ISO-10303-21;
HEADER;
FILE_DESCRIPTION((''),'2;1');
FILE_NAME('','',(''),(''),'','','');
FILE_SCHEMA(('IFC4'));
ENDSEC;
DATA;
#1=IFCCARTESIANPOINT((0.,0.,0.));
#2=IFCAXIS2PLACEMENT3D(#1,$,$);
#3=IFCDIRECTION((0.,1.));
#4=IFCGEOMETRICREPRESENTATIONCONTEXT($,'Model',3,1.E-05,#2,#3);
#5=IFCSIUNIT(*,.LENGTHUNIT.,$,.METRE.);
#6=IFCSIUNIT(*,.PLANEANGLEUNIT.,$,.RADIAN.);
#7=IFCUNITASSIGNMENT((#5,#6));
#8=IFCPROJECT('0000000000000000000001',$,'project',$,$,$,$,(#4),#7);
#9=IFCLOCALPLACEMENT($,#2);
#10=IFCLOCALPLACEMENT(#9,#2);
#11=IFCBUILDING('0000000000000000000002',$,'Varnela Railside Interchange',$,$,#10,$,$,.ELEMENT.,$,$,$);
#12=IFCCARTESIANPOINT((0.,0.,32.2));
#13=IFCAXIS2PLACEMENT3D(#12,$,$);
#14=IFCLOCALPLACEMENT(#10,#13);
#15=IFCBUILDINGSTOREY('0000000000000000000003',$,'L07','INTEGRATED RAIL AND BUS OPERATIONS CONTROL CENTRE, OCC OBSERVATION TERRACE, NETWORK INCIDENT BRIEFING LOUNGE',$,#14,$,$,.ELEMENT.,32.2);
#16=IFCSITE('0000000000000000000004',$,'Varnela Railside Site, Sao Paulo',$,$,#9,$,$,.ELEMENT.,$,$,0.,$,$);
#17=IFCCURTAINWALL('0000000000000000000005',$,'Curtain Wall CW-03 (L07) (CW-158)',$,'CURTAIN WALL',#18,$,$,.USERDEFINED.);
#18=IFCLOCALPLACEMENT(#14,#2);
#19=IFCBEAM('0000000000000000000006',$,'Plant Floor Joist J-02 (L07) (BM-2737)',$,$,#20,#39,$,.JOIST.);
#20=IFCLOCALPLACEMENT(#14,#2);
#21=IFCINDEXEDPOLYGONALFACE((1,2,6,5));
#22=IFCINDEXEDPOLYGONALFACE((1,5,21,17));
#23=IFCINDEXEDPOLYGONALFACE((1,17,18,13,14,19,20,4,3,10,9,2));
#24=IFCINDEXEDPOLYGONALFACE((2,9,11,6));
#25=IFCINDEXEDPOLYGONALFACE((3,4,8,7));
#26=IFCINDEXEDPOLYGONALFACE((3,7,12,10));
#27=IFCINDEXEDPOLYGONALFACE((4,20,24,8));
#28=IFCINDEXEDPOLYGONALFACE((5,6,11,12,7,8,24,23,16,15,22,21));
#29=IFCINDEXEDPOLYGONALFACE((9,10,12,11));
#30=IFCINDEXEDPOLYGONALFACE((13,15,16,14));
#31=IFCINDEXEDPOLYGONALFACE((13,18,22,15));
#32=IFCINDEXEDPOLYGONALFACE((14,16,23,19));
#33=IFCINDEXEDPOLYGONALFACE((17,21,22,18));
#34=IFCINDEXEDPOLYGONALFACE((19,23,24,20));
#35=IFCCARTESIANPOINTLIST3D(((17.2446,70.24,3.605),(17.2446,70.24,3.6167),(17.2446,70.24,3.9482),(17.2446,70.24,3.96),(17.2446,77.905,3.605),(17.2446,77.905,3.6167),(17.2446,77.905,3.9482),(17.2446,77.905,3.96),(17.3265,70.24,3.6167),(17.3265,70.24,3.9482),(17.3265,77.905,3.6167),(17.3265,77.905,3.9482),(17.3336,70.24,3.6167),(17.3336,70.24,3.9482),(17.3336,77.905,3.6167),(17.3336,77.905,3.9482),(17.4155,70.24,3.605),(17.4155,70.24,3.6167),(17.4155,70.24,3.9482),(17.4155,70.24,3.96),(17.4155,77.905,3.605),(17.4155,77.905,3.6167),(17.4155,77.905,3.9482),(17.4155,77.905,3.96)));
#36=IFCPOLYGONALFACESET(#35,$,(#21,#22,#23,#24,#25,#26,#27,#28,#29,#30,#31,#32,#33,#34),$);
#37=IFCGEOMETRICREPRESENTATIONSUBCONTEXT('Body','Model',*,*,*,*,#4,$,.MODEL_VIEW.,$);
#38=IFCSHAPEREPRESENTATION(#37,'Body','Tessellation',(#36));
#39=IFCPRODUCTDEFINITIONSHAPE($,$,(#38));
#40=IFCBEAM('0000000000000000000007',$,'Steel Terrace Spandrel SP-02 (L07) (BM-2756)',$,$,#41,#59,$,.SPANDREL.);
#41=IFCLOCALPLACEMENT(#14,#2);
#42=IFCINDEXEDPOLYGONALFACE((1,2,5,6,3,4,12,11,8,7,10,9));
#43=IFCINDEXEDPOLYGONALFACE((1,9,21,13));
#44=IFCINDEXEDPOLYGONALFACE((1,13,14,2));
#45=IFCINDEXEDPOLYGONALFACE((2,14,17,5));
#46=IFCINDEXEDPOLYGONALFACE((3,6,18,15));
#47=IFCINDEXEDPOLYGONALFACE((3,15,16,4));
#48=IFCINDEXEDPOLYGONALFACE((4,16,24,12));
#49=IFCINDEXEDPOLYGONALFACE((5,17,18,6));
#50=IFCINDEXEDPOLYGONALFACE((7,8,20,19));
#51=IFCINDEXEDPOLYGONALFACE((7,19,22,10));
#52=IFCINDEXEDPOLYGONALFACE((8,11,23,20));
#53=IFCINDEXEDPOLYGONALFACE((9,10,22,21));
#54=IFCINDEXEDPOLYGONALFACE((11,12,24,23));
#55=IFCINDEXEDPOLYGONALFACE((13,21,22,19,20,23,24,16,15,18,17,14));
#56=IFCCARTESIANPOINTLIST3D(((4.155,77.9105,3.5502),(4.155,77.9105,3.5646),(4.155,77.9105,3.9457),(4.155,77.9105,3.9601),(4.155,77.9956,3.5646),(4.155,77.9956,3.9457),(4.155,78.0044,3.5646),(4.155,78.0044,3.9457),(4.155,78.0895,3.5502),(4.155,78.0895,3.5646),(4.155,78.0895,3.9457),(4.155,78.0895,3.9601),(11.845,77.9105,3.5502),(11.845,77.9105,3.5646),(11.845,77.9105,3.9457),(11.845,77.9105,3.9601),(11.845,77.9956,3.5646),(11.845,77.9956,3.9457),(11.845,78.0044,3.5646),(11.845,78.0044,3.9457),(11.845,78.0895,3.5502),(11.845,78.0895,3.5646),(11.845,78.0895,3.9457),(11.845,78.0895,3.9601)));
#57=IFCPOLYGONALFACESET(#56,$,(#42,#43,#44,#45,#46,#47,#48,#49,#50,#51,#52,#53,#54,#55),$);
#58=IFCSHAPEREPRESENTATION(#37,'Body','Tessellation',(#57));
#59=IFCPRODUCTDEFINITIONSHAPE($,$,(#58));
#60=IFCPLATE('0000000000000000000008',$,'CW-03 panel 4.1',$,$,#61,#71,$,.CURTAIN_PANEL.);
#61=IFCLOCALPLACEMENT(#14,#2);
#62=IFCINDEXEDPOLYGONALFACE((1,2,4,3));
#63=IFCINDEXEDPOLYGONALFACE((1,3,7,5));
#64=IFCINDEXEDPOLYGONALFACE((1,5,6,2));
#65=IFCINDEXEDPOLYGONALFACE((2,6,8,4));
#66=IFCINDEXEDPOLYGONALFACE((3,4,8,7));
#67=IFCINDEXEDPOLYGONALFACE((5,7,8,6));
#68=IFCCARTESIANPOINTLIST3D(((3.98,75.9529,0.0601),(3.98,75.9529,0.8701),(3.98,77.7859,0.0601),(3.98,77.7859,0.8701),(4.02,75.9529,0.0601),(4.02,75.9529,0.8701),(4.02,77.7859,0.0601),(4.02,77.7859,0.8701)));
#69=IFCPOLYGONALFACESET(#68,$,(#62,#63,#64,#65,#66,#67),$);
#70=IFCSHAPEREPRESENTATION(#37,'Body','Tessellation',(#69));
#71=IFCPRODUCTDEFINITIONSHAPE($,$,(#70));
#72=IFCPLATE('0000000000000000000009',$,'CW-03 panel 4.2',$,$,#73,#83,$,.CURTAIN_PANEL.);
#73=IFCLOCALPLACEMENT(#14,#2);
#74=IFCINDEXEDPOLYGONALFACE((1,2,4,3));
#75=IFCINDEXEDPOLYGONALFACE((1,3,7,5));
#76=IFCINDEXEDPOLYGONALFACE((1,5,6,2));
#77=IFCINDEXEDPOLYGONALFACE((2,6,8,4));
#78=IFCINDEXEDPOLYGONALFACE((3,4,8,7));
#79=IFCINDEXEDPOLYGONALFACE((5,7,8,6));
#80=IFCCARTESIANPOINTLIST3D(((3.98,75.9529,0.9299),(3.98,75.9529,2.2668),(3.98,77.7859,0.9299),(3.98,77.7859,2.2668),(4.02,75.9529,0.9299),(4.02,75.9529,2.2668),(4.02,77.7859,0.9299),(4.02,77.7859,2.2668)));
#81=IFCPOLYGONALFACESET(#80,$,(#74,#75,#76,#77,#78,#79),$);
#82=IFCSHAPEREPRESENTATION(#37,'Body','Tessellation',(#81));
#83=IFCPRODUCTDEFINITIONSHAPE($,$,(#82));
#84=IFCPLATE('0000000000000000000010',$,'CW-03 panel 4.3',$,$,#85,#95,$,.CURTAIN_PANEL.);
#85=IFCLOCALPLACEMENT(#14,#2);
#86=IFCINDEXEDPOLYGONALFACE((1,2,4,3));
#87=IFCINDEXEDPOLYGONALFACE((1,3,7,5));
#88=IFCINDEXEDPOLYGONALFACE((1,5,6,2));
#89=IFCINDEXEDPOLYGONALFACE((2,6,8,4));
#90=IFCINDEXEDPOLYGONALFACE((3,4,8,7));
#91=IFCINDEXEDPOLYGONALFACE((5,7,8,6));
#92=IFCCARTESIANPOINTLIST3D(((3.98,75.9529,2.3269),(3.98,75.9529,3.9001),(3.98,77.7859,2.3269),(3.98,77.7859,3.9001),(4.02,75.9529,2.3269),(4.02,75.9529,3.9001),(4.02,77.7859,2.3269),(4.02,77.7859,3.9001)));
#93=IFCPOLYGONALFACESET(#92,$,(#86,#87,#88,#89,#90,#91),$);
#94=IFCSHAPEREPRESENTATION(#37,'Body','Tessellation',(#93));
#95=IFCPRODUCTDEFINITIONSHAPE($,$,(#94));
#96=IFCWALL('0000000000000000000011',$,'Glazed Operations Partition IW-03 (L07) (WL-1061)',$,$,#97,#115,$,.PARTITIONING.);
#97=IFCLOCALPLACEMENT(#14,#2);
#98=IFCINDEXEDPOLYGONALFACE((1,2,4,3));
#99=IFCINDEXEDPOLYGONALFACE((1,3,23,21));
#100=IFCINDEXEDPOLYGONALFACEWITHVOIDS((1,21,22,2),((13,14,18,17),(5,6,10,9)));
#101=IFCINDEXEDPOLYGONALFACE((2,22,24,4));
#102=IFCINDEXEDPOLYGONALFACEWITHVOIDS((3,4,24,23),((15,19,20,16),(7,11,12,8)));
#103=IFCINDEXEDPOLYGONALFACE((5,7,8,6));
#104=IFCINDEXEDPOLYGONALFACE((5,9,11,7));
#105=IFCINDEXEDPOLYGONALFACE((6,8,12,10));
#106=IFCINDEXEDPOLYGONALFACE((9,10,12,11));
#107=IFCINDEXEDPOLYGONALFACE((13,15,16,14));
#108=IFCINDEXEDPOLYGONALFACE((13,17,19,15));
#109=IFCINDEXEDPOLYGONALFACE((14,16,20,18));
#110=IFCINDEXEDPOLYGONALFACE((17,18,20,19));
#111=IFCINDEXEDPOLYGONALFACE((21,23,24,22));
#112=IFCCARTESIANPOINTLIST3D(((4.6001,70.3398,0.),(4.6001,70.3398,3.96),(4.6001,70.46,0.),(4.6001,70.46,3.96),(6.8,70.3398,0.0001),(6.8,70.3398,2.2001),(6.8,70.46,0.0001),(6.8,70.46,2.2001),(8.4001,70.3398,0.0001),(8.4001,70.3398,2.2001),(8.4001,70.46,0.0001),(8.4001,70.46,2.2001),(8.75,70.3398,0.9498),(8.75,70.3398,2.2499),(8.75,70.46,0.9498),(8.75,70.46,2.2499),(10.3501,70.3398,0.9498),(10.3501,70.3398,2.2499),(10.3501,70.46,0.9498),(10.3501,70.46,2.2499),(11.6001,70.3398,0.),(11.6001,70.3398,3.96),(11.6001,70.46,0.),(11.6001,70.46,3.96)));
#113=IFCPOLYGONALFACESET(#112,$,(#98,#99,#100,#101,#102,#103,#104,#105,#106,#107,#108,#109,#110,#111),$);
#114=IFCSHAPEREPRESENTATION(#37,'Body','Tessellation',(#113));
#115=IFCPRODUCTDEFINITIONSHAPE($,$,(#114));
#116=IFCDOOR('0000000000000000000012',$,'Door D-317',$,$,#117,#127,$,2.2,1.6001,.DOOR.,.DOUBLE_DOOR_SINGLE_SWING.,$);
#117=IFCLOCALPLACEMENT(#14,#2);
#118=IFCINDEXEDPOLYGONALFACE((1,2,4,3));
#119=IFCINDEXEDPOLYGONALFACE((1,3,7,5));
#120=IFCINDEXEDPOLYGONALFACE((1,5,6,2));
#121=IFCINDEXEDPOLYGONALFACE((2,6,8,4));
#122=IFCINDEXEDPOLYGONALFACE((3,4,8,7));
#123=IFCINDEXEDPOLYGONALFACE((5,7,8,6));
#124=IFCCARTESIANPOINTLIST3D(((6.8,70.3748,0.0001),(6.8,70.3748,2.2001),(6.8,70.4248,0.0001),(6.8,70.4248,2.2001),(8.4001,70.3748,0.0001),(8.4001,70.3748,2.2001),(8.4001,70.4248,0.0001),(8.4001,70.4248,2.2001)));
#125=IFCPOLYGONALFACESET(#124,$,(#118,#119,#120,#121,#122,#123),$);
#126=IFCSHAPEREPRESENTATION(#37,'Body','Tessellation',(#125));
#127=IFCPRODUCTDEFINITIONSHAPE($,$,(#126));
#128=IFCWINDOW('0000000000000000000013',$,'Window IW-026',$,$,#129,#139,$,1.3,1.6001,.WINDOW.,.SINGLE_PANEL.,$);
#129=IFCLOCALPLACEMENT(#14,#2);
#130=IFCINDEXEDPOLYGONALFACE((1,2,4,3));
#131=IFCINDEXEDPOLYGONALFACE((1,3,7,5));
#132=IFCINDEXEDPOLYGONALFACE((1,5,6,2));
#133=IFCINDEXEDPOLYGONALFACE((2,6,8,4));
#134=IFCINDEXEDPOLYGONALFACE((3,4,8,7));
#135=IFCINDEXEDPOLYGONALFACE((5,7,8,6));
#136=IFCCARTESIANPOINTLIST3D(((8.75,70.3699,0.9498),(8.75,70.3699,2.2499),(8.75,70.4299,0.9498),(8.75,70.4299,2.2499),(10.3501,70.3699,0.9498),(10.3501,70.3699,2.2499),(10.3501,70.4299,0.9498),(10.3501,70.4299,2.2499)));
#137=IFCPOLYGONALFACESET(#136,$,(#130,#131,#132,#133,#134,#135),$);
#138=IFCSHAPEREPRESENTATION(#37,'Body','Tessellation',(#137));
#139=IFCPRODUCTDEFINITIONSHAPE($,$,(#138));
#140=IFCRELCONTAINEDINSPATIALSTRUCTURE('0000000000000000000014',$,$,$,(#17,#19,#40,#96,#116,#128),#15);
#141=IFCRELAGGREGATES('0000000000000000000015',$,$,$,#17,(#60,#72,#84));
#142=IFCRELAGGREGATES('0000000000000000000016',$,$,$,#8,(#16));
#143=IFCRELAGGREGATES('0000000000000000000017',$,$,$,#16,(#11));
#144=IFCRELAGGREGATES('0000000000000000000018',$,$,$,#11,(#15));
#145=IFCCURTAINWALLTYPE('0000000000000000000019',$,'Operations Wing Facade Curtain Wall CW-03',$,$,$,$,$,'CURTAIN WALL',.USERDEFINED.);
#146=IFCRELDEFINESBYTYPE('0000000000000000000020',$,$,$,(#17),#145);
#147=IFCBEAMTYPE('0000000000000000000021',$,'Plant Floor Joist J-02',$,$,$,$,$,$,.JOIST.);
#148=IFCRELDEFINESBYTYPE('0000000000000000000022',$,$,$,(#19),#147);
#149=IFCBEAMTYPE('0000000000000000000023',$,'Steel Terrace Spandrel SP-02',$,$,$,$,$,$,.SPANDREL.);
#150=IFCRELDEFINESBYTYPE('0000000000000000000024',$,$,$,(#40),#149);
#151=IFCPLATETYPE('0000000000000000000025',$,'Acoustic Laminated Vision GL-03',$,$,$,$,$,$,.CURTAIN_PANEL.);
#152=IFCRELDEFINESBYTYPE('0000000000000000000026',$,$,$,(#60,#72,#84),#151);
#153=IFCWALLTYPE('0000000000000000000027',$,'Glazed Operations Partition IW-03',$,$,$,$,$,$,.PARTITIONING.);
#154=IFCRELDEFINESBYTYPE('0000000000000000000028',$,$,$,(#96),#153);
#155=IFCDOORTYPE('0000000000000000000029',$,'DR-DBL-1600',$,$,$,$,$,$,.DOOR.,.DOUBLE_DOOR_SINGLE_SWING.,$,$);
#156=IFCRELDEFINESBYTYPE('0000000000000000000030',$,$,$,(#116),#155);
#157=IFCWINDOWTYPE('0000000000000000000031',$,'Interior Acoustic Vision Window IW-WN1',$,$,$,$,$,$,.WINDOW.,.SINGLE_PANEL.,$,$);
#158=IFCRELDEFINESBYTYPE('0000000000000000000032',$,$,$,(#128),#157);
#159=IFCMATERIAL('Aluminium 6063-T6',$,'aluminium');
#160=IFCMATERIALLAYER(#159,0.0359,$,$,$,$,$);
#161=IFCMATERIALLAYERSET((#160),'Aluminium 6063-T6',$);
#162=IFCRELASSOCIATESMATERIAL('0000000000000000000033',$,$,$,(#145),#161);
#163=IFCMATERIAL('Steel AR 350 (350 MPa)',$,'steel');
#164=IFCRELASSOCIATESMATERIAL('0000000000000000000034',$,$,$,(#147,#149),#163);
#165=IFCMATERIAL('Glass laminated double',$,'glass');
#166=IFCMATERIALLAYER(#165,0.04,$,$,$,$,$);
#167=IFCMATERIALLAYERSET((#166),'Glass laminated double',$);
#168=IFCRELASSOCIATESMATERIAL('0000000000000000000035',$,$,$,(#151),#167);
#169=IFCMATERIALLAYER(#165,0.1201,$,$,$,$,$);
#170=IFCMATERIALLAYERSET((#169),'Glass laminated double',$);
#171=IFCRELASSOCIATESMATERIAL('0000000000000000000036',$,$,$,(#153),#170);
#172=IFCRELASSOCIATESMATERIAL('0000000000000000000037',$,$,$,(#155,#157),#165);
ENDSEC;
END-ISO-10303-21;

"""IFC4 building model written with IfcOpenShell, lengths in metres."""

from ifc_helpers import new_model, si_unit, direction, frame, frame_2d, origin, origin_2d, place, context, subcontext, project, spatial, rectangle, i_section, extrude, material, layer, layer_set, material_profile, profile_set, type_object, element, fill, aggregate, save


model = new_model("IFC4")

# Units and contexts
model_context = context("Model", 3, precision=1e-05, world=origin(), true_north=direction((0.0, 1.0)))
body_context = subcontext(model_context, "Body", "Model", "MODEL_VIEW")
ifc_project = project(units=[si_unit("LENGTHUNIT", "METRE"), si_unit("PLANEANGLEUNIT", "RADIAN")], contexts=[model_context])

# Site, building, storey
site_placement = place(None, origin())
site = spatial("IfcSite", under=ifc_project, at=site_placement, Name="Varnela Railside Site, Sao Paulo", CompositionType="ELEMENT", RefElevation=0.0)
building_placement = place(site_placement, origin())
building = spatial("IfcBuilding", under=site, at=building_placement, Name="Varnela Railside Interchange", CompositionType="ELEMENT")
storey_placement = place(building_placement, frame((0.0, 0.0, 32.2)))
storey = spatial("IfcBuildingStorey", under=building, at=storey_placement, Name="L07", Description="INTEGRATED RAIL AND BUS OPERATIONS CONTROL CENTRE, OCC OBSERVATION TERRACE, NETWORK INCIDENT BRIEFING LOUNGE", CompositionType="ELEMENT", Elevation=32.2)

# Shared definitions
ifc_material_1 = material(Name="Steel AR 350 (350 MPa)", Category="steel")

# Curtain wall
ifc_material_2 = material(Name="Aluminium 6063-T6", Category="aluminium")
ifc_layer_1 = layer(ifc_material_2, 0.0359)
ifc_layer_set_1 = layer_set([ifc_layer_1], Name="Aluminium 6063-T6")
curtain_wall_type = type_object("IfcCurtainWallType", Name="Operations Wing Facade Curtain Wall CW-03", ElementType="CURTAIN WALL", PredefinedType="USERDEFINED", material=ifc_layer_set_1)
curtain_wall_placement = place(storey_placement, origin())
curtain_wall = element("IfcCurtainWall", 1, at=curtain_wall_placement, inside=storey, type_object=curtain_wall_type, Name="Curtain Wall CW-03 (L07) (CW-158)", ObjectType="CURTAIN WALL", PredefinedType="USERDEFINED")

# Beams
ifc_material_profile_1 = material_profile(ifc_material_1, i_section(OverallWidth=0.1709, OverallDepth=0.355, WebThickness=0.0071, FlangeThickness=0.0117, at=origin_2d()), Name="W360x51")
ifc_profile_set_1 = profile_set([ifc_material_profile_1], Name="Steel AR 350 (350 MPa)")
beam_type_1 = type_object("IfcBeamType", Name="Plant Floor Joist J-02", PredefinedType="JOIST", material=ifc_profile_set_1)
for number, where, z_axis, x_axis, name in (
    (2, (17.3301, 70.24, 3.7825), (0.0, 1.0, 0.0), (-1.0, 0.0, 0.0), "Plant Floor Joist J-02 (L07) (BM-2737)"),
):
    element("IfcBeam", number, at=place(storey_placement, frame(where, z_axis=z_axis, x_axis=x_axis)), inside=storey, type_object=beam_type_1, Name=name, PredefinedType="JOIST", context=body_context, shape_type="SweptSolid", body=[
        extrude(i_section(OverallWidth=0.1709, OverallDepth=0.355, WebThickness=0.0071, FlangeThickness=0.0117, at=origin_2d()), origin(), (0.0, 0.0, 1.0), 7.665),
    ])
ifc_material_profile_2 = material_profile(ifc_material_1, i_section(OverallWidth=0.179, OverallDepth=0.4099, WebThickness=0.0088, FlangeThickness=0.0144, at=origin_2d()), Name="W410x67")
ifc_profile_set_2 = profile_set([ifc_material_profile_2], Name="Steel AR 350 (350 MPa)")
beam_type_2 = type_object("IfcBeamType", Name="Steel Terrace Spandrel SP-02", PredefinedType="SPANDREL", material=ifc_profile_set_2)
beam_1_placement = place(storey_placement, frame((4.155, 78.0, 3.7551), z_axis=(1.0, 0.0, 0.0), x_axis=(0.0, 1.0, 0.0)))
element("IfcBeam", 3, at=beam_1_placement, inside=storey, type_object=beam_type_2, Name="Steel Terrace Spandrel SP-02 (L07) (BM-2756)", PredefinedType="SPANDREL", context=body_context, shape_type="SweptSolid", body=[
    extrude(i_section(OverallWidth=0.179, OverallDepth=0.4099, WebThickness=0.0088, FlangeThickness=0.0144, at=origin_2d()), origin(), (0.0, 0.0, 1.0), 7.6899),
])

# Plates
ifc_material_3 = material(Name="Glass laminated double", Category="glass")
ifc_layer_2 = layer(ifc_material_3, 0.04)
ifc_layer_set_2 = layer_set([ifc_layer_2], Name="Glass laminated double")
plate_type = type_object("IfcPlateType", Name="Acoustic Laminated Vision GL-03", PredefinedType="CURTAIN_PANEL", material=ifc_layer_set_2)
plate_1_placement = place(storey_placement, frame((4.0, 76.8694, 0.0601), z_axis=(0.0, 0.0, 1.0), x_axis=(0.0, 1.0, 0.0)))
plate_1 = element("IfcPlate", 4, at=plate_1_placement, type_object=plate_type, Name="CW-03 panel 4.1", PredefinedType="CURTAIN_PANEL", context=body_context, shape_type="SweptSolid", body=[
    extrude(rectangle(XDim=1.833, YDim=0.04, at=origin_2d()), origin(), (0.0, 0.0, 1.0), 0.8101),
])
plate_2_placement = place(storey_placement, frame((4.0, 76.8694, 0.9299), z_axis=(0.0, 0.0, 1.0), x_axis=(0.0, 1.0, 0.0)))
plate_2 = element("IfcPlate", 5, at=plate_2_placement, type_object=plate_type, Name="CW-03 panel 4.2", PredefinedType="CURTAIN_PANEL", context=body_context, shape_type="SweptSolid", body=[
    extrude(rectangle(XDim=1.833, YDim=0.04, at=origin_2d()), origin(), (0.0, 0.0, 1.0), 1.3369),
])
plate_3_placement = place(storey_placement, frame((4.0, 76.8694, 2.3269), z_axis=(0.0, 0.0, 1.0), x_axis=(0.0, 1.0, 0.0)))
plate_3 = element("IfcPlate", 6, at=plate_3_placement, type_object=plate_type, Name="CW-03 panel 4.3", PredefinedType="CURTAIN_PANEL", context=body_context, shape_type="SweptSolid", body=[
    extrude(rectangle(XDim=1.833, YDim=0.04, at=origin_2d()), origin(), (0.0, 0.0, 1.0), 1.5732),
])
aggregate(curtain_wall, [plate_1, plate_2, plate_3])

# Wall, openings, door, window
ifc_layer_3 = layer(ifc_material_3, 0.1201)
ifc_layer_set_3 = layer_set([ifc_layer_3], Name="Glass laminated double")
wall_type = type_object("IfcWallType", Name="Glazed Operations Partition IW-03", PredefinedType="PARTITIONING", material=ifc_layer_set_3)
wall_placement = place(storey_placement, frame((4.6001, 70.3999, 0.0), z_axis=(0.0, 0.0, 1.0), x_axis=(1.0, 0.0, 0.0)))
wall = element("IfcWall", 7, at=wall_placement, inside=storey, type_object=wall_type, Name="Glazed Operations Partition IW-03 (L07) (WL-1061)", PredefinedType="PARTITIONING", context=body_context, shape_type="SweptSolid", body=[
    extrude(rectangle(XDim=7.0, YDim=0.1201, at=frame_2d((3.5, 0.0))), origin(), (0.0, 0.0, 1.0), 3.96),
])
opening_1_placement = place(wall_placement, frame((2.2, 0.0, 0.0)))
opening_1 = element("IfcOpeningElement", 8, at=opening_1_placement, cuts=wall, PredefinedType="OPENING", context=body_context, shape_type="SweptSolid", body=[
    extrude(rectangle(XDim=1.6001, YDim=2.2, at=frame_2d((0.8, 1.1001))), frame((0.0, 0.0701, 0.0), z_axis=(0.0, -1.0, 0.0), x_axis=(1.0, 0.0, 0.0)), (0.0, 0.0, 1.0), 0.1401),
])
opening_2_placement = place(wall_placement, frame((4.1499, 0.0, 0.95)))
opening_2 = element("IfcOpeningElement", 9, at=opening_2_placement, cuts=wall, PredefinedType="OPENING", context=body_context, shape_type="SweptSolid", body=[
    extrude(rectangle(XDim=1.6001, YDim=1.3, at=frame_2d((0.8, 0.6499))), frame((0.0, 0.0701, 0.0), z_axis=(0.0, -1.0, 0.0), x_axis=(1.0, 0.0, 0.0)), (0.0, 0.0, 1.0), 0.1401),
])
door_type = type_object("IfcDoorType", Name="DR-DBL-1600", OperationType="DOUBLE_DOOR_SINGLE_SWING", PredefinedType="DOOR", material=ifc_material_3)
door_placement = place(opening_1_placement, origin())
door = element("IfcDoor", 10, at=door_placement, inside=storey, type_object=door_type, Name="Door D-317", OperationType="DOUBLE_DOOR_SINGLE_SWING", OverallHeight=2.2, OverallWidth=1.6001, PredefinedType="DOOR", context=body_context, shape_type="SweptSolid", body=[
    extrude(rectangle(XDim=1.6001, YDim=2.2, at=frame_2d((0.8, 1.1001))), frame((0.0, 0.0249, 0.0), z_axis=(0.0, -1.0, 0.0), x_axis=(1.0, 0.0, 0.0)), (0.0, 0.0, 1.0), 0.05),
])
fill(opening_1, door)
window_type = type_object("IfcWindowType", Name="Interior Acoustic Vision Window IW-WN1", PartitioningType="SINGLE_PANEL", PredefinedType="WINDOW", material=ifc_material_3)
window_placement = place(opening_2_placement, origin())
window = element("IfcWindow", 11, at=window_placement, inside=storey, type_object=window_type, Name="Window IW-026", OverallHeight=1.3, OverallWidth=1.6001, PartitioningType="SINGLE_PANEL", PredefinedType="WINDOW", context=body_context, shape_type="SweptSolid", body=[
    extrude(rectangle(XDim=1.6001, YDim=1.3, at=frame_2d((0.8, 0.6499))), frame((0.0, 0.03, 0.0), z_axis=(0.0, -1.0, 0.0), x_axis=(1.0, 0.0, 0.0)), (0.0, 0.0, 1.0), 0.0601),
])
fill(opening_2, window)

save(model, "model.ifc")
